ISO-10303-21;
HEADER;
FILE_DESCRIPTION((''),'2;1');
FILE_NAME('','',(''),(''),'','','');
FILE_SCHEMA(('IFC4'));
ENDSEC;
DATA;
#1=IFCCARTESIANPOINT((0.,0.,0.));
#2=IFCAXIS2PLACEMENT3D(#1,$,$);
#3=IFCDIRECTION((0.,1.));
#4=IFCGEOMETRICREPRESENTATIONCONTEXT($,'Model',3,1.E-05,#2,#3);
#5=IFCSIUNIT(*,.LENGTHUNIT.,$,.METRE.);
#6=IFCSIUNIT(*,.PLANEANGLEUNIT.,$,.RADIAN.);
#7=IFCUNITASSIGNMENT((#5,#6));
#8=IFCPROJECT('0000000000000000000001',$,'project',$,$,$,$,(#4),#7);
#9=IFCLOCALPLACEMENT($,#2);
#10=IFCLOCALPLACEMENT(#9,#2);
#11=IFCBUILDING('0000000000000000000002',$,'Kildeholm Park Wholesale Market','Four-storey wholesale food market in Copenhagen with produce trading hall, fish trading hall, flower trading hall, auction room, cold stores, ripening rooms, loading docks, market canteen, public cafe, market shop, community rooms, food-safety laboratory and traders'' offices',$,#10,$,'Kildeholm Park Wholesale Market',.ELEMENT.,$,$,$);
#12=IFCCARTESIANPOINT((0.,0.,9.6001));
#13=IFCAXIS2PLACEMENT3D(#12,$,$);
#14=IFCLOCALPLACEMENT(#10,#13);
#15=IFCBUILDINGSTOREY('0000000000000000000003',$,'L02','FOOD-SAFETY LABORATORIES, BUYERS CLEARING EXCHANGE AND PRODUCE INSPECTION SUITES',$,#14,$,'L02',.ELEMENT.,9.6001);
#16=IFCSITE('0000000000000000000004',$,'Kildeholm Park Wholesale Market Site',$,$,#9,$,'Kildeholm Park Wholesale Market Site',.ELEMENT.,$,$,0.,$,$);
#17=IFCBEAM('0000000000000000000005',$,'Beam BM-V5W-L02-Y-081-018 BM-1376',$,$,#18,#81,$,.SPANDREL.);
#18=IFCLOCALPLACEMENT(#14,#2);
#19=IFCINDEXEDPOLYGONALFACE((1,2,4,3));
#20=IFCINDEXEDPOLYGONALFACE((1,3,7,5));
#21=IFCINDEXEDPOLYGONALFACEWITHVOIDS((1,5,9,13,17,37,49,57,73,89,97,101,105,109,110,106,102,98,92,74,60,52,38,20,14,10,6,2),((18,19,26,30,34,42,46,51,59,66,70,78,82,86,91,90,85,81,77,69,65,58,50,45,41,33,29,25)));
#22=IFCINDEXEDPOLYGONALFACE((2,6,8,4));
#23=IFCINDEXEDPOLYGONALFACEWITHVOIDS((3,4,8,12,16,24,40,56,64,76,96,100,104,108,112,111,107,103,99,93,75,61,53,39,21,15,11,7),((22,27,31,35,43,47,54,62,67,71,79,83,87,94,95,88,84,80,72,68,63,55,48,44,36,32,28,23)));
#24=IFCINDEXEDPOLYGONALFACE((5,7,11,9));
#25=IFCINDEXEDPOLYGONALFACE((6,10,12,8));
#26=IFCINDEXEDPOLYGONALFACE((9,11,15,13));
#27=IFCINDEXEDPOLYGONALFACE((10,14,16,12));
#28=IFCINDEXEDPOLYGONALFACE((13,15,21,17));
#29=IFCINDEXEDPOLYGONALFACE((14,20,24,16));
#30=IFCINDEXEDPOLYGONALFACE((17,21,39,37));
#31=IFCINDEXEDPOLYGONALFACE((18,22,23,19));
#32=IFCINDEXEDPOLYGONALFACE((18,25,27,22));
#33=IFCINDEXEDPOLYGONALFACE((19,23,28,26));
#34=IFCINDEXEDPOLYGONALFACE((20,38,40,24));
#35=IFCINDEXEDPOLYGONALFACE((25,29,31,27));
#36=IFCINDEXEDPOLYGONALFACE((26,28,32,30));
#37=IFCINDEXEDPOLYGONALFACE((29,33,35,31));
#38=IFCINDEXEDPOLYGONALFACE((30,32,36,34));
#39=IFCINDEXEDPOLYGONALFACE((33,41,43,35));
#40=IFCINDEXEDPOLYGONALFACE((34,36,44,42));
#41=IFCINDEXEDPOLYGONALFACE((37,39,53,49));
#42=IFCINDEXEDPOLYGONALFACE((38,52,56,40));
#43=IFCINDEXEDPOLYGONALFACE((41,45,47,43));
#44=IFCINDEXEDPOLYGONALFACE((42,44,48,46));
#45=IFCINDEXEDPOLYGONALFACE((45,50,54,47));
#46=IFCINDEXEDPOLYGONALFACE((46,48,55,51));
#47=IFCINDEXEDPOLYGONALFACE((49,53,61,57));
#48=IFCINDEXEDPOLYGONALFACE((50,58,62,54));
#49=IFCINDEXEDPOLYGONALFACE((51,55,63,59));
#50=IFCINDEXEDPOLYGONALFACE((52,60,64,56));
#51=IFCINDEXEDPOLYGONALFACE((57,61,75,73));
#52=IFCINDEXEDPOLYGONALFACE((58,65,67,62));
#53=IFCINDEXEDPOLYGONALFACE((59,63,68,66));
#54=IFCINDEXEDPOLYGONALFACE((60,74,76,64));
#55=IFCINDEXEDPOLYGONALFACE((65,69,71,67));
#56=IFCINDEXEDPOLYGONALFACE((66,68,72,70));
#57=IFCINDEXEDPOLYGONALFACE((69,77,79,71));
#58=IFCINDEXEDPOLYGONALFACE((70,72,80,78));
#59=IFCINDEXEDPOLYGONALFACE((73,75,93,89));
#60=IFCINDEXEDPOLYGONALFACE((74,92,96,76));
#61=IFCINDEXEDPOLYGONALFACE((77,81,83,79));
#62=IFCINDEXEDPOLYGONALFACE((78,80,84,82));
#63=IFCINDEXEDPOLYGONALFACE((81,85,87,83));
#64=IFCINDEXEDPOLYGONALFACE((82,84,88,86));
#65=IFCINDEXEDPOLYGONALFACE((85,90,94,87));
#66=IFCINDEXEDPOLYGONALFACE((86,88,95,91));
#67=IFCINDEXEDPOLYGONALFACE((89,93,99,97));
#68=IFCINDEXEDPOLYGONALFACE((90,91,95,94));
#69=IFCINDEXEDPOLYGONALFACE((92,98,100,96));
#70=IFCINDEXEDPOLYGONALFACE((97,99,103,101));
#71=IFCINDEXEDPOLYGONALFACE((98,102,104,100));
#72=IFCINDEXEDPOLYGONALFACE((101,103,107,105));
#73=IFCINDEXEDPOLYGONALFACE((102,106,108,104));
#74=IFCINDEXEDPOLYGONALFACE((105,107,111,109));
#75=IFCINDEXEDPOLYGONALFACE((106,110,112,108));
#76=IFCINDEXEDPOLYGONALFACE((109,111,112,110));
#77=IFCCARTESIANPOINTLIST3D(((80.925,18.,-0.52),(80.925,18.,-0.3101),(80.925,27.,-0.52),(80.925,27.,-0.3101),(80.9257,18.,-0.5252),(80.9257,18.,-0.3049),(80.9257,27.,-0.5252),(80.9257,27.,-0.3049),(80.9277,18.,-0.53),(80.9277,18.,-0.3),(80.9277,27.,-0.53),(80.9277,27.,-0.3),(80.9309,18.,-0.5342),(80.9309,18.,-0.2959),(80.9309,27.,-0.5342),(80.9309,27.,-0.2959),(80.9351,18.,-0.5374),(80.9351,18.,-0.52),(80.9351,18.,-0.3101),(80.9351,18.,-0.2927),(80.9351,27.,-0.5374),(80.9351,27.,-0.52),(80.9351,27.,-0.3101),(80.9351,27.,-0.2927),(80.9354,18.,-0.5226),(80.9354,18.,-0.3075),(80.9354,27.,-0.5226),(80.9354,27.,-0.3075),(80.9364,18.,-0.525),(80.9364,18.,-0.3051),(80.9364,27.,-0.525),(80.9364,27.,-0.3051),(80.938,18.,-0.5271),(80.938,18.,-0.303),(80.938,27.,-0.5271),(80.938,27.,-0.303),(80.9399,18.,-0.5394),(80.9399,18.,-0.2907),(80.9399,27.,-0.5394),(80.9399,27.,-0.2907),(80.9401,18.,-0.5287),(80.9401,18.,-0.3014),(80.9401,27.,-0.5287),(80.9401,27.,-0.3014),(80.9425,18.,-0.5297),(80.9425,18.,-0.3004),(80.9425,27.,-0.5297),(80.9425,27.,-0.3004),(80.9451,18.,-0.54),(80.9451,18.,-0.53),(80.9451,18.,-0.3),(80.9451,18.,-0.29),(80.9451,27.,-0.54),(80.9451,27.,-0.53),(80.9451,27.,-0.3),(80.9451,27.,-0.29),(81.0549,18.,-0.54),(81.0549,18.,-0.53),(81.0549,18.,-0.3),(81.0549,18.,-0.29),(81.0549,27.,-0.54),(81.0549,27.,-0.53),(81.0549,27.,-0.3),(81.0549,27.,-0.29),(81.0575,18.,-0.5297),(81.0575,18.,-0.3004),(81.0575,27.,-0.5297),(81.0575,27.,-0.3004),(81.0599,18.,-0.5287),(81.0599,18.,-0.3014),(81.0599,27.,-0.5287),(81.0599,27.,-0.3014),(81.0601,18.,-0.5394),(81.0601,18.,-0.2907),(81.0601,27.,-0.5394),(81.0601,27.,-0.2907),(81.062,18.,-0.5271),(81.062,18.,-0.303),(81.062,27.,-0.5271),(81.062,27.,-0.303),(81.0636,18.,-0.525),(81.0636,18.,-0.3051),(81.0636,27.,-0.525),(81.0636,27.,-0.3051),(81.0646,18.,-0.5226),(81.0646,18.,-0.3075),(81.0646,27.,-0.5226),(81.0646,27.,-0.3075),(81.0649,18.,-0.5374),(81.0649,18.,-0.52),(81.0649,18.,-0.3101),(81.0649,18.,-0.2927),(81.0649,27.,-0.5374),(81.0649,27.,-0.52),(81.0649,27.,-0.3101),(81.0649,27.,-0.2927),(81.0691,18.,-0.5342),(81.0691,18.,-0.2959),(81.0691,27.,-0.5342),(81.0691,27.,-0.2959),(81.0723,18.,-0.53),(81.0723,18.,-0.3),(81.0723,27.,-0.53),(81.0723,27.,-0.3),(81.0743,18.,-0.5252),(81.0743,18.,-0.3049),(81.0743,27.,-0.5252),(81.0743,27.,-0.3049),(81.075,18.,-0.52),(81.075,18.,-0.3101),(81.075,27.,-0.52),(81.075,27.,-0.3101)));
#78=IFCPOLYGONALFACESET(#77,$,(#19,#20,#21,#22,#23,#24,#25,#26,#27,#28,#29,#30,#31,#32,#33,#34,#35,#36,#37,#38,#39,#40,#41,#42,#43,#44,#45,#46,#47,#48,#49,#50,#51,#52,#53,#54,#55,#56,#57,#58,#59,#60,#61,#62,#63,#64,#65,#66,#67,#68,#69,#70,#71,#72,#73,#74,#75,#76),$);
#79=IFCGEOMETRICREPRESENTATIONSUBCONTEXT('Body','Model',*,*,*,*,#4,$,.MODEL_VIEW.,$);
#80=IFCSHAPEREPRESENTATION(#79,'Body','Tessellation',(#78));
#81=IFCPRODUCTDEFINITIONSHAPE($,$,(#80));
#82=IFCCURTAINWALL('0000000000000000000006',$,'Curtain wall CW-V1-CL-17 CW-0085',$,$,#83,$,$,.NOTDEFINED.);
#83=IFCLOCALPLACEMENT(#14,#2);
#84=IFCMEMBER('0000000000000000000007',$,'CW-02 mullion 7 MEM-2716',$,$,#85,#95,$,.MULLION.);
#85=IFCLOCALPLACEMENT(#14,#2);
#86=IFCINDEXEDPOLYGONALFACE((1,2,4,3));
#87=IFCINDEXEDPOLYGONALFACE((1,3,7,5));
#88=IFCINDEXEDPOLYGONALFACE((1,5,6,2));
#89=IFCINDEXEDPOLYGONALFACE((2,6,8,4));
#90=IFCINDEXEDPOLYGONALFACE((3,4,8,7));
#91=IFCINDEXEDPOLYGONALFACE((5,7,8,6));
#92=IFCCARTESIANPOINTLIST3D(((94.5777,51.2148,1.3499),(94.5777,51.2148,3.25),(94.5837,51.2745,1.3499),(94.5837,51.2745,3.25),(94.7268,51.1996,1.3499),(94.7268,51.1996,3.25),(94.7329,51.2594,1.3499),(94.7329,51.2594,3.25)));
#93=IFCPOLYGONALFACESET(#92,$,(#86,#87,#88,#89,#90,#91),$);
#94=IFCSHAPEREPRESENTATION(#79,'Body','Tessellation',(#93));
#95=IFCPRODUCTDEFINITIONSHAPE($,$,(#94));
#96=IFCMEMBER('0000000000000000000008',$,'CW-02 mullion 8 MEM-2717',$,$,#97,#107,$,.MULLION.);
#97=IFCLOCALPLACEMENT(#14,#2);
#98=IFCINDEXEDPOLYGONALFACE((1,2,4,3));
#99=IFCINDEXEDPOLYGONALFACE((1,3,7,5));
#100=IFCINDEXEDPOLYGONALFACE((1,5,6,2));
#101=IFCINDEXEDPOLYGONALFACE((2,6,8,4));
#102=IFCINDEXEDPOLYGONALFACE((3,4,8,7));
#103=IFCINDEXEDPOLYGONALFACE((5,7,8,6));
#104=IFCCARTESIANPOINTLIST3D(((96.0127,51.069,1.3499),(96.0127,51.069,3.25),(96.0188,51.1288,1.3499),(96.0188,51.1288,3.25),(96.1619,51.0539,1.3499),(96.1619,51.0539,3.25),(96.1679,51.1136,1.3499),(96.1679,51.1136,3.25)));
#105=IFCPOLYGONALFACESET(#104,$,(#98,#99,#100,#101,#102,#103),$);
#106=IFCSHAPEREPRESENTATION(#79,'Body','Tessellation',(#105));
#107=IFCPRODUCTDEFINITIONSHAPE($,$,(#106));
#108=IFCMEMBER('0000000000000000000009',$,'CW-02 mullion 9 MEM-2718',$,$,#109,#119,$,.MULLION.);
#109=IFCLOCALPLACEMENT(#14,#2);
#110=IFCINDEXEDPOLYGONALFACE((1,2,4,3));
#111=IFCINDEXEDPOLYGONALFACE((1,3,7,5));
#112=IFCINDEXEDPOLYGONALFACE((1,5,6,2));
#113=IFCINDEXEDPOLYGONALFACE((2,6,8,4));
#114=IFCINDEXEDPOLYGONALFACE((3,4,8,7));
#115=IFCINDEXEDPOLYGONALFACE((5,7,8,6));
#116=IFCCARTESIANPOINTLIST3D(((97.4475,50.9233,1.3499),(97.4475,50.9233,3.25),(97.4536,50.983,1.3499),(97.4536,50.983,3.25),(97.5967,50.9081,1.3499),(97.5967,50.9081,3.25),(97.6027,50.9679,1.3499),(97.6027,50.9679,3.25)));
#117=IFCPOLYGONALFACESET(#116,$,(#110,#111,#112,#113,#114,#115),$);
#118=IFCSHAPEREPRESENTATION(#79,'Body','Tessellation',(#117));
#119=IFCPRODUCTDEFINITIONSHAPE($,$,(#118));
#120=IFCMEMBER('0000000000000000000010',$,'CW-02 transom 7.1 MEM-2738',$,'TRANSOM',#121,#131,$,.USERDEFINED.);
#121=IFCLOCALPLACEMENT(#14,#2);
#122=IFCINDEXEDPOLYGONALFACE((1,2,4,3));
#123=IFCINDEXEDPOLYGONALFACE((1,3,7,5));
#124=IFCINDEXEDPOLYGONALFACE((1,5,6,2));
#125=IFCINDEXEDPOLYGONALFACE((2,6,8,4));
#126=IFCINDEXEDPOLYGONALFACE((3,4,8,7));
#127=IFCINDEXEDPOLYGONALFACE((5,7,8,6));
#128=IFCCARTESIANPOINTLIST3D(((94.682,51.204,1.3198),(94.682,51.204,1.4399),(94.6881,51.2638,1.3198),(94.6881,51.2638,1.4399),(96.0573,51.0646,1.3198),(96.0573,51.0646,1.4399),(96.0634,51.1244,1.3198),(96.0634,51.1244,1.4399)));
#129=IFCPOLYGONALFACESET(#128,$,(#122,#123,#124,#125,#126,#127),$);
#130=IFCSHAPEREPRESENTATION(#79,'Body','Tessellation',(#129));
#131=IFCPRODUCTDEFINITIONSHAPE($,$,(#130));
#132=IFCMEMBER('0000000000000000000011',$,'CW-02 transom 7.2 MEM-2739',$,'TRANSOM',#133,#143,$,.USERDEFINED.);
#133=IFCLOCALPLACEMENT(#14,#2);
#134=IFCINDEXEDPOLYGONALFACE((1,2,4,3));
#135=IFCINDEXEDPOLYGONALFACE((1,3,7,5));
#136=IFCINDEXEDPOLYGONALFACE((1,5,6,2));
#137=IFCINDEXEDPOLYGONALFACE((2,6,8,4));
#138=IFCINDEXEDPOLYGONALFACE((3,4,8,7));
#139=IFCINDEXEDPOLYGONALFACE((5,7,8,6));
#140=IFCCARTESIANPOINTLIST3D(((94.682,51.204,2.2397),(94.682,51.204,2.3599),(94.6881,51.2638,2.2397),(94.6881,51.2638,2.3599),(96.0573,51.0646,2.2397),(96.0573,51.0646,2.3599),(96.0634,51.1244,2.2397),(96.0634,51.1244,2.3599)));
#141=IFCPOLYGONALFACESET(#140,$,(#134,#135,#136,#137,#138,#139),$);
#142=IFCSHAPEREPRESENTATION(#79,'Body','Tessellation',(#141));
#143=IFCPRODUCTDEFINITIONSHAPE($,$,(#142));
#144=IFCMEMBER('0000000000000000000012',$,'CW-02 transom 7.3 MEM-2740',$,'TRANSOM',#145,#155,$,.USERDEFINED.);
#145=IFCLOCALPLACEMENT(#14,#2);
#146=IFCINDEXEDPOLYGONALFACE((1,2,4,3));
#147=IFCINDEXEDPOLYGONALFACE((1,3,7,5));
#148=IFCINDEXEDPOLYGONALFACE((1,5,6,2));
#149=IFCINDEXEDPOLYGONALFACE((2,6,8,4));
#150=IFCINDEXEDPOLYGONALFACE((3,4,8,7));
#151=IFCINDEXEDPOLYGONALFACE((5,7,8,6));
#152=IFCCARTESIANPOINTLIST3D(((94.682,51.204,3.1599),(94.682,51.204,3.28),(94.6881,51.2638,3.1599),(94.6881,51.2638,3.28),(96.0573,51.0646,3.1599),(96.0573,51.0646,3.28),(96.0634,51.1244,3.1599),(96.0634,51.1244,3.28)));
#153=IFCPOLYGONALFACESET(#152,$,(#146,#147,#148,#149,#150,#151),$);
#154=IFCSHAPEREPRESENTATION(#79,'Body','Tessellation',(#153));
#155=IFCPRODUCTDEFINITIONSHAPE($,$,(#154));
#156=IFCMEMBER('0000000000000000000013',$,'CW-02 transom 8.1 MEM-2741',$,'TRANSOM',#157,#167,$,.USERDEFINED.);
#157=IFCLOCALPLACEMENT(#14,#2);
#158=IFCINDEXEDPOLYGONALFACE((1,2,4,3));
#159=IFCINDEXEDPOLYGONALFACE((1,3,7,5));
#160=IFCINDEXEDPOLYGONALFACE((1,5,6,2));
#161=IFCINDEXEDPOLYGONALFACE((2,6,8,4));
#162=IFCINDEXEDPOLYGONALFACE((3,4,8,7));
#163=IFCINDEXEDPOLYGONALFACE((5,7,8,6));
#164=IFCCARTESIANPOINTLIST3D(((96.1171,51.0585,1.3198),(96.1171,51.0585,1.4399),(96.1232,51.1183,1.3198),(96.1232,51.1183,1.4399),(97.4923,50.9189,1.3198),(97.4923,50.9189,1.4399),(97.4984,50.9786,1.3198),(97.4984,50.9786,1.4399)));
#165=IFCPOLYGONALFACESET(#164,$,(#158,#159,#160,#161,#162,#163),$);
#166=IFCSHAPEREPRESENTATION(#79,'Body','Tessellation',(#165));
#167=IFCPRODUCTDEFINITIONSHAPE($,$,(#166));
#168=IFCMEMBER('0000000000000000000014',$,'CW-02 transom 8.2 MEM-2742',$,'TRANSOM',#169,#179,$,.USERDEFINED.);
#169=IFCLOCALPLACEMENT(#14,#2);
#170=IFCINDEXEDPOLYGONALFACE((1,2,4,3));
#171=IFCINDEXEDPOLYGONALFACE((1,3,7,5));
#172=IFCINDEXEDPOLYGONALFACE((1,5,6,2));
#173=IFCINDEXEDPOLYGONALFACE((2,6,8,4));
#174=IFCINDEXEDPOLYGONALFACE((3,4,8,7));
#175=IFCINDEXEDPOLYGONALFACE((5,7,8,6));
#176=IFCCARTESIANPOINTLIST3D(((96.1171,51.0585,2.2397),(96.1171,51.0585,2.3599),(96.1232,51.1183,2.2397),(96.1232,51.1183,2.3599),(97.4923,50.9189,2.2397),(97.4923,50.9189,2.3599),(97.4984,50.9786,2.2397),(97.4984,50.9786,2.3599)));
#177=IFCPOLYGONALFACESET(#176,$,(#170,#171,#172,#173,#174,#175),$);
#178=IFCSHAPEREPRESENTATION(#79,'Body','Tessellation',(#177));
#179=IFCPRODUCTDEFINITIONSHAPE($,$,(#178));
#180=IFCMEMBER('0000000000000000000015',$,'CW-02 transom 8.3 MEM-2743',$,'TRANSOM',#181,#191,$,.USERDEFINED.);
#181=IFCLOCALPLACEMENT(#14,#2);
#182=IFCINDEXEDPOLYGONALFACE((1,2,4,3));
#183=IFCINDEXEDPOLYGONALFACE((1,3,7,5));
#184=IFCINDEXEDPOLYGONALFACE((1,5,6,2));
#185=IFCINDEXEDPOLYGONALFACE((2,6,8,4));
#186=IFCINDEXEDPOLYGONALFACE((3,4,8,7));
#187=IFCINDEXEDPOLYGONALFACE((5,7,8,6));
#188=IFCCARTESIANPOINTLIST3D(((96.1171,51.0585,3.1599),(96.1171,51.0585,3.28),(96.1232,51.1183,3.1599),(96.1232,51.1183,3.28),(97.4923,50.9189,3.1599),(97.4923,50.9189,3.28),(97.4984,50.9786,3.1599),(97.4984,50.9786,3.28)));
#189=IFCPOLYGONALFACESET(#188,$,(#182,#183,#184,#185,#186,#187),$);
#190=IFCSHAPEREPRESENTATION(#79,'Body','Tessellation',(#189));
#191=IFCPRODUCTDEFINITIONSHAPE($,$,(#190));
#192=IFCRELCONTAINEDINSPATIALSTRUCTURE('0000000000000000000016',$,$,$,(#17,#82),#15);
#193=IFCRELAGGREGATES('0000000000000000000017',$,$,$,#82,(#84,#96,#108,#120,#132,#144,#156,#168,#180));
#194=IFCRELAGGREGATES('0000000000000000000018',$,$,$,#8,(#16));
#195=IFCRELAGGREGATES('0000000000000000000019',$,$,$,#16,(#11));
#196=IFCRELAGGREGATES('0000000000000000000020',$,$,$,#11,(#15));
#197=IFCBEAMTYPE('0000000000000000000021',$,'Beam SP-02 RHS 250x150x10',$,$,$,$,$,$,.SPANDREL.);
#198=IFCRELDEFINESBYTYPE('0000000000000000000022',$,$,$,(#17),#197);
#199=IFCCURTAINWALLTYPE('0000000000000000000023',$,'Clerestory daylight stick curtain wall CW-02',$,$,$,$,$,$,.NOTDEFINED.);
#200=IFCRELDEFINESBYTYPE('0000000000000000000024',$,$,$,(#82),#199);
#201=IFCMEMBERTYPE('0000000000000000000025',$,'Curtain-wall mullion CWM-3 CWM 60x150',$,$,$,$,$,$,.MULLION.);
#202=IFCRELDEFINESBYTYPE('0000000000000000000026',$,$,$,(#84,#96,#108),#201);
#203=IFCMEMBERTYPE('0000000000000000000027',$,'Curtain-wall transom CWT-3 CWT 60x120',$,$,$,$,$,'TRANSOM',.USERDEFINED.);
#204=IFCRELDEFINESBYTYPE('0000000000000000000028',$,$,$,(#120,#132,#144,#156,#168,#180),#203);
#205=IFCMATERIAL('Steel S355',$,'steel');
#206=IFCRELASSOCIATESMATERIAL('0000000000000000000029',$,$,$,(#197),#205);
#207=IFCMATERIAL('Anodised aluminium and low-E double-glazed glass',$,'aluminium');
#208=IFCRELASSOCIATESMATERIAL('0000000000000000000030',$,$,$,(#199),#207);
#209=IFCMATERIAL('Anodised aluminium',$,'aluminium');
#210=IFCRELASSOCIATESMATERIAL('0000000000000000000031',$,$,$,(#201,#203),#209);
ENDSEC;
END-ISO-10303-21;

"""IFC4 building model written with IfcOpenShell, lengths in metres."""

from ifc_helpers import new_model, si_unit, direction, frame, origin, origin_2d, place, context, subcontext, project, spatial, rectangle, hollow_rectangle, extrude, material, material_profile, profile_set, type_object, element, aggregate, save


model = new_model("IFC4")

# Units and contexts
model_context = context("Model", 3, precision=1e-05, world=origin(), true_north=direction((0.0, 1.0)))
body_context = subcontext(model_context, "Body", "Model", "MODEL_VIEW")
ifc_project = project(units=[si_unit("LENGTHUNIT", "METRE"), si_unit("PLANEANGLEUNIT", "RADIAN")], contexts=[model_context])

# Site, building, storey
site_placement = place(None, origin())
site = spatial("IfcSite", under=ifc_project, at=site_placement, Name="Kildeholm Park Wholesale Market Site", LongName="Kildeholm Park Wholesale Market Site", CompositionType="ELEMENT", RefElevation=0.0)
building_placement = place(site_placement, origin())
building = spatial("IfcBuilding", under=site, at=building_placement, Name="Kildeholm Park Wholesale Market", Description="Four-storey wholesale food market in Copenhagen with produce trading hall, fish trading hall, flower trading hall, auction room, cold stores, ripening rooms, loading docks, market canteen, public cafe, market shop, community rooms, food-safety laboratory and traders' offices", LongName="Kildeholm Park Wholesale Market", CompositionType="ELEMENT")
storey_placement = place(building_placement, frame((0.0, 0.0, 9.6001)))
storey = spatial("IfcBuildingStorey", under=building, at=storey_placement, Name="L02", Description="FOOD-SAFETY LABORATORIES, BUYERS CLEARING EXCHANGE AND PRODUCE INSPECTION SUITES", LongName="L02", CompositionType="ELEMENT", Elevation=9.6001)

# Shared definitions
ifc_material_1 = material(Name="Steel S355", Category="steel")

# Beam
ifc_material_profile_1 = material_profile(ifc_material_1, hollow_rectangle(XDim=0.1499, YDim=0.25, WallThickness=0.01, InnerFilletRadius=0.01, OuterFilletRadius=0.02, at=origin_2d()), Name="RHS 250x150x10")
ifc_profile_set_1 = profile_set([ifc_material_profile_1], Name="Steel S355")
beam_type_1 = type_object("IfcBeamType", Name="Beam SP-02 RHS 250x150x10", PredefinedType="SPANDREL", material=ifc_profile_set_1)
beam_1_placement = place(storey_placement, frame((81.0, 18.0, -0.415), z_axis=(0.0, 1.0, 0.0), x_axis=(-1.0, 0.0, 0.0)))
element("IfcBeam", 1, at=beam_1_placement, inside=storey, type_object=beam_type_1, Name="Beam BM-V5W-L02-Y-081-018 BM-1376", PredefinedType="SPANDREL", context=body_context, shape_type="SweptSolid", body=[
    extrude(hollow_rectangle(XDim=0.1499, YDim=0.25, WallThickness=0.01, InnerFilletRadius=0.01, OuterFilletRadius=0.02, at=origin_2d()), origin(), (0.0, 0.0, 1.0), 9.0),
])

# Curtain wall, members
ifc_material_2 = material(Name="Anodised aluminium and low-E double-glazed glass", Category="aluminium")
curtain_wall_type = type_object("IfcCurtainWallType", Name="Clerestory daylight stick curtain wall CW-02", PredefinedType="NOTDEFINED", material=ifc_material_2)
curtain_wall_placement = place(storey_placement, origin())
curtain_wall = element("IfcCurtainWall", 2, at=curtain_wall_placement, inside=storey, type_object=curtain_wall_type, Name="Curtain wall CW-V1-CL-17 CW-0085", PredefinedType="NOTDEFINED")
ifc_material_3 = material(Name="Anodised aluminium", Category="aluminium")
ifc_material_profile_2 = material_profile(ifc_material_3, rectangle(XDim=0.0601, YDim=0.1499, at=origin_2d()), Name="CWM 60x150")
ifc_profile_set_2 = profile_set([ifc_material_profile_2], Name="Anodised aluminium")
member_type_1 = type_object("IfcMemberType", Name="Curtain-wall mullion CWM-3 CWM 60x150", PredefinedType="MULLION", material=ifc_profile_set_2)
member_1_placement = place(storey_placement, frame((94.6553, 51.2371, 1.3499), z_axis=(0.0, 0.0, 1.0), x_axis=(0.100999, 0.994887, 0.0)))
member_1 = element("IfcMember", 3, at=member_1_placement, type_object=member_type_1, Name="CW-02 mullion 7 MEM-2716", PredefinedType="MULLION", context=body_context, shape_type="SweptSolid", body=[
    extrude(rectangle(XDim=0.0601, YDim=0.1499, at=origin_2d()), origin(), (0.0, 0.0, 1.0), 1.9001),
])
member_2_placement = place(storey_placement, frame((96.0903, 51.0913, 1.3499), z_axis=(0.0, 0.0, 1.0), x_axis=(0.100999, 0.994887, 0.0)))
member_2 = element("IfcMember", 4, at=member_2_placement, type_object=member_type_1, Name="CW-02 mullion 8 MEM-2717", PredefinedType="MULLION", context=body_context, shape_type="SweptSolid", body=[
    extrude(rectangle(XDim=0.0601, YDim=0.1499, at=origin_2d()), origin(), (0.0, 0.0, 1.0), 1.9001),
])
member_3_placement = place(storey_placement, frame((97.5251, 50.9456, 1.3499), z_axis=(0.0, 0.0, 1.0), x_axis=(0.100999, 0.994887, 0.0)))
member_3 = element("IfcMember", 5, at=member_3_placement, type_object=member_type_1, Name="CW-02 mullion 9 MEM-2718", PredefinedType="MULLION", context=body_context, shape_type="SweptSolid", body=[
    extrude(rectangle(XDim=0.0601, YDim=0.1499, at=origin_2d()), origin(), (0.0, 0.0, 1.0), 1.9001),
])
ifc_material_profile_3 = material_profile(ifc_material_3, rectangle(XDim=0.0601, YDim=0.1201, at=origin_2d()), Name="CWT 60x120")
ifc_profile_set_3 = profile_set([ifc_material_profile_3], Name="Anodised aluminium")
member_type_2 = type_object("IfcMemberType", Name="Curtain-wall transom CWT-3 CWT 60x120", ElementType="TRANSOM", PredefinedType="USERDEFINED", material=ifc_profile_set_3)
member_4_placement = place(storey_placement, frame((94.6851, 51.2339, 1.3799), z_axis=(0.994902, -0.10085, 0.0), x_axis=(0.10085, 0.994902, 0.0)))
member_4 = element("IfcMember", 6, at=member_4_placement, type_object=member_type_2, Name="CW-02 transom 7.1 MEM-2738", ObjectType="TRANSOM", PredefinedType="USERDEFINED", context=body_context, shape_type="SweptSolid", body=[
    extrude(rectangle(XDim=0.0601, YDim=0.1201, at=origin_2d()), origin(), (0.0, 0.0, 1.0), 1.3823),
])
member_5_placement = place(storey_placement, frame((94.6851, 51.2339, 2.2998), z_axis=(0.994902, -0.10085, 0.0), x_axis=(0.10085, 0.994902, 0.0)))
member_5 = element("IfcMember", 7, at=member_5_placement, type_object=member_type_2, Name="CW-02 transom 7.2 MEM-2739", ObjectType="TRANSOM", PredefinedType="USERDEFINED", context=body_context, shape_type="SweptSolid", body=[
    extrude(rectangle(XDim=0.0601, YDim=0.1201, at=origin_2d()), origin(), (0.0, 0.0, 1.0), 1.3823),
])
member_6_placement = place(storey_placement, frame((94.6851, 51.2339, 3.22), z_axis=(0.994902, -0.10085, 0.0), x_axis=(0.10085, 0.994902, 0.0)))
member_6 = element("IfcMember", 8, at=member_6_placement, type_object=member_type_2, Name="CW-02 transom 7.3 MEM-2740", ObjectType="TRANSOM", PredefinedType="USERDEFINED", context=body_context, shape_type="SweptSolid", body=[
    extrude(rectangle(XDim=0.0601, YDim=0.1201, at=origin_2d()), origin(), (0.0, 0.0, 1.0), 1.3823),
])
member_7_placement = place(storey_placement, frame((96.1201, 51.0884, 1.3799), z_axis=(0.994884, -0.101025, 0.0), x_axis=(0.101025, 0.994884, 0.0)))
member_7 = element("IfcMember", 9, at=member_7_placement, type_object=member_type_2, Name="CW-02 transom 8.1 MEM-2741", ObjectType="TRANSOM", PredefinedType="USERDEFINED", context=body_context, shape_type="SweptSolid", body=[
    extrude(rectangle(XDim=0.0601, YDim=0.1201, at=origin_2d()), origin(), (0.0, 0.0, 1.0), 1.3823),
])
member_8_placement = place(storey_placement, frame((96.1201, 51.0884, 2.2998), z_axis=(0.994884, -0.101025, 0.0), x_axis=(0.101025, 0.994884, 0.0)))
member_8 = element("IfcMember", 10, at=member_8_placement, type_object=member_type_2, Name="CW-02 transom 8.2 MEM-2742", ObjectType="TRANSOM", PredefinedType="USERDEFINED", context=body_context, shape_type="SweptSolid", body=[
    extrude(rectangle(XDim=0.0601, YDim=0.1201, at=origin_2d()), origin(), (0.0, 0.0, 1.0), 1.3823),
])
member_9_placement = place(storey_placement, frame((96.1201, 51.0884, 3.22), z_axis=(0.994884, -0.101025, 0.0), x_axis=(0.101025, 0.994884, 0.0)))
member_9 = element("IfcMember", 11, at=member_9_placement, type_object=member_type_2, Name="CW-02 transom 8.3 MEM-2743", ObjectType="TRANSOM", PredefinedType="USERDEFINED", context=body_context, shape_type="SweptSolid", body=[
    extrude(rectangle(XDim=0.0601, YDim=0.1201, at=origin_2d()), origin(), (0.0, 0.0, 1.0), 1.3823),
])
aggregate(curtain_wall, [member_1, member_2, member_3, member_4, member_5, member_6, member_7, member_8, member_9])

save(model, "model.ifc")
